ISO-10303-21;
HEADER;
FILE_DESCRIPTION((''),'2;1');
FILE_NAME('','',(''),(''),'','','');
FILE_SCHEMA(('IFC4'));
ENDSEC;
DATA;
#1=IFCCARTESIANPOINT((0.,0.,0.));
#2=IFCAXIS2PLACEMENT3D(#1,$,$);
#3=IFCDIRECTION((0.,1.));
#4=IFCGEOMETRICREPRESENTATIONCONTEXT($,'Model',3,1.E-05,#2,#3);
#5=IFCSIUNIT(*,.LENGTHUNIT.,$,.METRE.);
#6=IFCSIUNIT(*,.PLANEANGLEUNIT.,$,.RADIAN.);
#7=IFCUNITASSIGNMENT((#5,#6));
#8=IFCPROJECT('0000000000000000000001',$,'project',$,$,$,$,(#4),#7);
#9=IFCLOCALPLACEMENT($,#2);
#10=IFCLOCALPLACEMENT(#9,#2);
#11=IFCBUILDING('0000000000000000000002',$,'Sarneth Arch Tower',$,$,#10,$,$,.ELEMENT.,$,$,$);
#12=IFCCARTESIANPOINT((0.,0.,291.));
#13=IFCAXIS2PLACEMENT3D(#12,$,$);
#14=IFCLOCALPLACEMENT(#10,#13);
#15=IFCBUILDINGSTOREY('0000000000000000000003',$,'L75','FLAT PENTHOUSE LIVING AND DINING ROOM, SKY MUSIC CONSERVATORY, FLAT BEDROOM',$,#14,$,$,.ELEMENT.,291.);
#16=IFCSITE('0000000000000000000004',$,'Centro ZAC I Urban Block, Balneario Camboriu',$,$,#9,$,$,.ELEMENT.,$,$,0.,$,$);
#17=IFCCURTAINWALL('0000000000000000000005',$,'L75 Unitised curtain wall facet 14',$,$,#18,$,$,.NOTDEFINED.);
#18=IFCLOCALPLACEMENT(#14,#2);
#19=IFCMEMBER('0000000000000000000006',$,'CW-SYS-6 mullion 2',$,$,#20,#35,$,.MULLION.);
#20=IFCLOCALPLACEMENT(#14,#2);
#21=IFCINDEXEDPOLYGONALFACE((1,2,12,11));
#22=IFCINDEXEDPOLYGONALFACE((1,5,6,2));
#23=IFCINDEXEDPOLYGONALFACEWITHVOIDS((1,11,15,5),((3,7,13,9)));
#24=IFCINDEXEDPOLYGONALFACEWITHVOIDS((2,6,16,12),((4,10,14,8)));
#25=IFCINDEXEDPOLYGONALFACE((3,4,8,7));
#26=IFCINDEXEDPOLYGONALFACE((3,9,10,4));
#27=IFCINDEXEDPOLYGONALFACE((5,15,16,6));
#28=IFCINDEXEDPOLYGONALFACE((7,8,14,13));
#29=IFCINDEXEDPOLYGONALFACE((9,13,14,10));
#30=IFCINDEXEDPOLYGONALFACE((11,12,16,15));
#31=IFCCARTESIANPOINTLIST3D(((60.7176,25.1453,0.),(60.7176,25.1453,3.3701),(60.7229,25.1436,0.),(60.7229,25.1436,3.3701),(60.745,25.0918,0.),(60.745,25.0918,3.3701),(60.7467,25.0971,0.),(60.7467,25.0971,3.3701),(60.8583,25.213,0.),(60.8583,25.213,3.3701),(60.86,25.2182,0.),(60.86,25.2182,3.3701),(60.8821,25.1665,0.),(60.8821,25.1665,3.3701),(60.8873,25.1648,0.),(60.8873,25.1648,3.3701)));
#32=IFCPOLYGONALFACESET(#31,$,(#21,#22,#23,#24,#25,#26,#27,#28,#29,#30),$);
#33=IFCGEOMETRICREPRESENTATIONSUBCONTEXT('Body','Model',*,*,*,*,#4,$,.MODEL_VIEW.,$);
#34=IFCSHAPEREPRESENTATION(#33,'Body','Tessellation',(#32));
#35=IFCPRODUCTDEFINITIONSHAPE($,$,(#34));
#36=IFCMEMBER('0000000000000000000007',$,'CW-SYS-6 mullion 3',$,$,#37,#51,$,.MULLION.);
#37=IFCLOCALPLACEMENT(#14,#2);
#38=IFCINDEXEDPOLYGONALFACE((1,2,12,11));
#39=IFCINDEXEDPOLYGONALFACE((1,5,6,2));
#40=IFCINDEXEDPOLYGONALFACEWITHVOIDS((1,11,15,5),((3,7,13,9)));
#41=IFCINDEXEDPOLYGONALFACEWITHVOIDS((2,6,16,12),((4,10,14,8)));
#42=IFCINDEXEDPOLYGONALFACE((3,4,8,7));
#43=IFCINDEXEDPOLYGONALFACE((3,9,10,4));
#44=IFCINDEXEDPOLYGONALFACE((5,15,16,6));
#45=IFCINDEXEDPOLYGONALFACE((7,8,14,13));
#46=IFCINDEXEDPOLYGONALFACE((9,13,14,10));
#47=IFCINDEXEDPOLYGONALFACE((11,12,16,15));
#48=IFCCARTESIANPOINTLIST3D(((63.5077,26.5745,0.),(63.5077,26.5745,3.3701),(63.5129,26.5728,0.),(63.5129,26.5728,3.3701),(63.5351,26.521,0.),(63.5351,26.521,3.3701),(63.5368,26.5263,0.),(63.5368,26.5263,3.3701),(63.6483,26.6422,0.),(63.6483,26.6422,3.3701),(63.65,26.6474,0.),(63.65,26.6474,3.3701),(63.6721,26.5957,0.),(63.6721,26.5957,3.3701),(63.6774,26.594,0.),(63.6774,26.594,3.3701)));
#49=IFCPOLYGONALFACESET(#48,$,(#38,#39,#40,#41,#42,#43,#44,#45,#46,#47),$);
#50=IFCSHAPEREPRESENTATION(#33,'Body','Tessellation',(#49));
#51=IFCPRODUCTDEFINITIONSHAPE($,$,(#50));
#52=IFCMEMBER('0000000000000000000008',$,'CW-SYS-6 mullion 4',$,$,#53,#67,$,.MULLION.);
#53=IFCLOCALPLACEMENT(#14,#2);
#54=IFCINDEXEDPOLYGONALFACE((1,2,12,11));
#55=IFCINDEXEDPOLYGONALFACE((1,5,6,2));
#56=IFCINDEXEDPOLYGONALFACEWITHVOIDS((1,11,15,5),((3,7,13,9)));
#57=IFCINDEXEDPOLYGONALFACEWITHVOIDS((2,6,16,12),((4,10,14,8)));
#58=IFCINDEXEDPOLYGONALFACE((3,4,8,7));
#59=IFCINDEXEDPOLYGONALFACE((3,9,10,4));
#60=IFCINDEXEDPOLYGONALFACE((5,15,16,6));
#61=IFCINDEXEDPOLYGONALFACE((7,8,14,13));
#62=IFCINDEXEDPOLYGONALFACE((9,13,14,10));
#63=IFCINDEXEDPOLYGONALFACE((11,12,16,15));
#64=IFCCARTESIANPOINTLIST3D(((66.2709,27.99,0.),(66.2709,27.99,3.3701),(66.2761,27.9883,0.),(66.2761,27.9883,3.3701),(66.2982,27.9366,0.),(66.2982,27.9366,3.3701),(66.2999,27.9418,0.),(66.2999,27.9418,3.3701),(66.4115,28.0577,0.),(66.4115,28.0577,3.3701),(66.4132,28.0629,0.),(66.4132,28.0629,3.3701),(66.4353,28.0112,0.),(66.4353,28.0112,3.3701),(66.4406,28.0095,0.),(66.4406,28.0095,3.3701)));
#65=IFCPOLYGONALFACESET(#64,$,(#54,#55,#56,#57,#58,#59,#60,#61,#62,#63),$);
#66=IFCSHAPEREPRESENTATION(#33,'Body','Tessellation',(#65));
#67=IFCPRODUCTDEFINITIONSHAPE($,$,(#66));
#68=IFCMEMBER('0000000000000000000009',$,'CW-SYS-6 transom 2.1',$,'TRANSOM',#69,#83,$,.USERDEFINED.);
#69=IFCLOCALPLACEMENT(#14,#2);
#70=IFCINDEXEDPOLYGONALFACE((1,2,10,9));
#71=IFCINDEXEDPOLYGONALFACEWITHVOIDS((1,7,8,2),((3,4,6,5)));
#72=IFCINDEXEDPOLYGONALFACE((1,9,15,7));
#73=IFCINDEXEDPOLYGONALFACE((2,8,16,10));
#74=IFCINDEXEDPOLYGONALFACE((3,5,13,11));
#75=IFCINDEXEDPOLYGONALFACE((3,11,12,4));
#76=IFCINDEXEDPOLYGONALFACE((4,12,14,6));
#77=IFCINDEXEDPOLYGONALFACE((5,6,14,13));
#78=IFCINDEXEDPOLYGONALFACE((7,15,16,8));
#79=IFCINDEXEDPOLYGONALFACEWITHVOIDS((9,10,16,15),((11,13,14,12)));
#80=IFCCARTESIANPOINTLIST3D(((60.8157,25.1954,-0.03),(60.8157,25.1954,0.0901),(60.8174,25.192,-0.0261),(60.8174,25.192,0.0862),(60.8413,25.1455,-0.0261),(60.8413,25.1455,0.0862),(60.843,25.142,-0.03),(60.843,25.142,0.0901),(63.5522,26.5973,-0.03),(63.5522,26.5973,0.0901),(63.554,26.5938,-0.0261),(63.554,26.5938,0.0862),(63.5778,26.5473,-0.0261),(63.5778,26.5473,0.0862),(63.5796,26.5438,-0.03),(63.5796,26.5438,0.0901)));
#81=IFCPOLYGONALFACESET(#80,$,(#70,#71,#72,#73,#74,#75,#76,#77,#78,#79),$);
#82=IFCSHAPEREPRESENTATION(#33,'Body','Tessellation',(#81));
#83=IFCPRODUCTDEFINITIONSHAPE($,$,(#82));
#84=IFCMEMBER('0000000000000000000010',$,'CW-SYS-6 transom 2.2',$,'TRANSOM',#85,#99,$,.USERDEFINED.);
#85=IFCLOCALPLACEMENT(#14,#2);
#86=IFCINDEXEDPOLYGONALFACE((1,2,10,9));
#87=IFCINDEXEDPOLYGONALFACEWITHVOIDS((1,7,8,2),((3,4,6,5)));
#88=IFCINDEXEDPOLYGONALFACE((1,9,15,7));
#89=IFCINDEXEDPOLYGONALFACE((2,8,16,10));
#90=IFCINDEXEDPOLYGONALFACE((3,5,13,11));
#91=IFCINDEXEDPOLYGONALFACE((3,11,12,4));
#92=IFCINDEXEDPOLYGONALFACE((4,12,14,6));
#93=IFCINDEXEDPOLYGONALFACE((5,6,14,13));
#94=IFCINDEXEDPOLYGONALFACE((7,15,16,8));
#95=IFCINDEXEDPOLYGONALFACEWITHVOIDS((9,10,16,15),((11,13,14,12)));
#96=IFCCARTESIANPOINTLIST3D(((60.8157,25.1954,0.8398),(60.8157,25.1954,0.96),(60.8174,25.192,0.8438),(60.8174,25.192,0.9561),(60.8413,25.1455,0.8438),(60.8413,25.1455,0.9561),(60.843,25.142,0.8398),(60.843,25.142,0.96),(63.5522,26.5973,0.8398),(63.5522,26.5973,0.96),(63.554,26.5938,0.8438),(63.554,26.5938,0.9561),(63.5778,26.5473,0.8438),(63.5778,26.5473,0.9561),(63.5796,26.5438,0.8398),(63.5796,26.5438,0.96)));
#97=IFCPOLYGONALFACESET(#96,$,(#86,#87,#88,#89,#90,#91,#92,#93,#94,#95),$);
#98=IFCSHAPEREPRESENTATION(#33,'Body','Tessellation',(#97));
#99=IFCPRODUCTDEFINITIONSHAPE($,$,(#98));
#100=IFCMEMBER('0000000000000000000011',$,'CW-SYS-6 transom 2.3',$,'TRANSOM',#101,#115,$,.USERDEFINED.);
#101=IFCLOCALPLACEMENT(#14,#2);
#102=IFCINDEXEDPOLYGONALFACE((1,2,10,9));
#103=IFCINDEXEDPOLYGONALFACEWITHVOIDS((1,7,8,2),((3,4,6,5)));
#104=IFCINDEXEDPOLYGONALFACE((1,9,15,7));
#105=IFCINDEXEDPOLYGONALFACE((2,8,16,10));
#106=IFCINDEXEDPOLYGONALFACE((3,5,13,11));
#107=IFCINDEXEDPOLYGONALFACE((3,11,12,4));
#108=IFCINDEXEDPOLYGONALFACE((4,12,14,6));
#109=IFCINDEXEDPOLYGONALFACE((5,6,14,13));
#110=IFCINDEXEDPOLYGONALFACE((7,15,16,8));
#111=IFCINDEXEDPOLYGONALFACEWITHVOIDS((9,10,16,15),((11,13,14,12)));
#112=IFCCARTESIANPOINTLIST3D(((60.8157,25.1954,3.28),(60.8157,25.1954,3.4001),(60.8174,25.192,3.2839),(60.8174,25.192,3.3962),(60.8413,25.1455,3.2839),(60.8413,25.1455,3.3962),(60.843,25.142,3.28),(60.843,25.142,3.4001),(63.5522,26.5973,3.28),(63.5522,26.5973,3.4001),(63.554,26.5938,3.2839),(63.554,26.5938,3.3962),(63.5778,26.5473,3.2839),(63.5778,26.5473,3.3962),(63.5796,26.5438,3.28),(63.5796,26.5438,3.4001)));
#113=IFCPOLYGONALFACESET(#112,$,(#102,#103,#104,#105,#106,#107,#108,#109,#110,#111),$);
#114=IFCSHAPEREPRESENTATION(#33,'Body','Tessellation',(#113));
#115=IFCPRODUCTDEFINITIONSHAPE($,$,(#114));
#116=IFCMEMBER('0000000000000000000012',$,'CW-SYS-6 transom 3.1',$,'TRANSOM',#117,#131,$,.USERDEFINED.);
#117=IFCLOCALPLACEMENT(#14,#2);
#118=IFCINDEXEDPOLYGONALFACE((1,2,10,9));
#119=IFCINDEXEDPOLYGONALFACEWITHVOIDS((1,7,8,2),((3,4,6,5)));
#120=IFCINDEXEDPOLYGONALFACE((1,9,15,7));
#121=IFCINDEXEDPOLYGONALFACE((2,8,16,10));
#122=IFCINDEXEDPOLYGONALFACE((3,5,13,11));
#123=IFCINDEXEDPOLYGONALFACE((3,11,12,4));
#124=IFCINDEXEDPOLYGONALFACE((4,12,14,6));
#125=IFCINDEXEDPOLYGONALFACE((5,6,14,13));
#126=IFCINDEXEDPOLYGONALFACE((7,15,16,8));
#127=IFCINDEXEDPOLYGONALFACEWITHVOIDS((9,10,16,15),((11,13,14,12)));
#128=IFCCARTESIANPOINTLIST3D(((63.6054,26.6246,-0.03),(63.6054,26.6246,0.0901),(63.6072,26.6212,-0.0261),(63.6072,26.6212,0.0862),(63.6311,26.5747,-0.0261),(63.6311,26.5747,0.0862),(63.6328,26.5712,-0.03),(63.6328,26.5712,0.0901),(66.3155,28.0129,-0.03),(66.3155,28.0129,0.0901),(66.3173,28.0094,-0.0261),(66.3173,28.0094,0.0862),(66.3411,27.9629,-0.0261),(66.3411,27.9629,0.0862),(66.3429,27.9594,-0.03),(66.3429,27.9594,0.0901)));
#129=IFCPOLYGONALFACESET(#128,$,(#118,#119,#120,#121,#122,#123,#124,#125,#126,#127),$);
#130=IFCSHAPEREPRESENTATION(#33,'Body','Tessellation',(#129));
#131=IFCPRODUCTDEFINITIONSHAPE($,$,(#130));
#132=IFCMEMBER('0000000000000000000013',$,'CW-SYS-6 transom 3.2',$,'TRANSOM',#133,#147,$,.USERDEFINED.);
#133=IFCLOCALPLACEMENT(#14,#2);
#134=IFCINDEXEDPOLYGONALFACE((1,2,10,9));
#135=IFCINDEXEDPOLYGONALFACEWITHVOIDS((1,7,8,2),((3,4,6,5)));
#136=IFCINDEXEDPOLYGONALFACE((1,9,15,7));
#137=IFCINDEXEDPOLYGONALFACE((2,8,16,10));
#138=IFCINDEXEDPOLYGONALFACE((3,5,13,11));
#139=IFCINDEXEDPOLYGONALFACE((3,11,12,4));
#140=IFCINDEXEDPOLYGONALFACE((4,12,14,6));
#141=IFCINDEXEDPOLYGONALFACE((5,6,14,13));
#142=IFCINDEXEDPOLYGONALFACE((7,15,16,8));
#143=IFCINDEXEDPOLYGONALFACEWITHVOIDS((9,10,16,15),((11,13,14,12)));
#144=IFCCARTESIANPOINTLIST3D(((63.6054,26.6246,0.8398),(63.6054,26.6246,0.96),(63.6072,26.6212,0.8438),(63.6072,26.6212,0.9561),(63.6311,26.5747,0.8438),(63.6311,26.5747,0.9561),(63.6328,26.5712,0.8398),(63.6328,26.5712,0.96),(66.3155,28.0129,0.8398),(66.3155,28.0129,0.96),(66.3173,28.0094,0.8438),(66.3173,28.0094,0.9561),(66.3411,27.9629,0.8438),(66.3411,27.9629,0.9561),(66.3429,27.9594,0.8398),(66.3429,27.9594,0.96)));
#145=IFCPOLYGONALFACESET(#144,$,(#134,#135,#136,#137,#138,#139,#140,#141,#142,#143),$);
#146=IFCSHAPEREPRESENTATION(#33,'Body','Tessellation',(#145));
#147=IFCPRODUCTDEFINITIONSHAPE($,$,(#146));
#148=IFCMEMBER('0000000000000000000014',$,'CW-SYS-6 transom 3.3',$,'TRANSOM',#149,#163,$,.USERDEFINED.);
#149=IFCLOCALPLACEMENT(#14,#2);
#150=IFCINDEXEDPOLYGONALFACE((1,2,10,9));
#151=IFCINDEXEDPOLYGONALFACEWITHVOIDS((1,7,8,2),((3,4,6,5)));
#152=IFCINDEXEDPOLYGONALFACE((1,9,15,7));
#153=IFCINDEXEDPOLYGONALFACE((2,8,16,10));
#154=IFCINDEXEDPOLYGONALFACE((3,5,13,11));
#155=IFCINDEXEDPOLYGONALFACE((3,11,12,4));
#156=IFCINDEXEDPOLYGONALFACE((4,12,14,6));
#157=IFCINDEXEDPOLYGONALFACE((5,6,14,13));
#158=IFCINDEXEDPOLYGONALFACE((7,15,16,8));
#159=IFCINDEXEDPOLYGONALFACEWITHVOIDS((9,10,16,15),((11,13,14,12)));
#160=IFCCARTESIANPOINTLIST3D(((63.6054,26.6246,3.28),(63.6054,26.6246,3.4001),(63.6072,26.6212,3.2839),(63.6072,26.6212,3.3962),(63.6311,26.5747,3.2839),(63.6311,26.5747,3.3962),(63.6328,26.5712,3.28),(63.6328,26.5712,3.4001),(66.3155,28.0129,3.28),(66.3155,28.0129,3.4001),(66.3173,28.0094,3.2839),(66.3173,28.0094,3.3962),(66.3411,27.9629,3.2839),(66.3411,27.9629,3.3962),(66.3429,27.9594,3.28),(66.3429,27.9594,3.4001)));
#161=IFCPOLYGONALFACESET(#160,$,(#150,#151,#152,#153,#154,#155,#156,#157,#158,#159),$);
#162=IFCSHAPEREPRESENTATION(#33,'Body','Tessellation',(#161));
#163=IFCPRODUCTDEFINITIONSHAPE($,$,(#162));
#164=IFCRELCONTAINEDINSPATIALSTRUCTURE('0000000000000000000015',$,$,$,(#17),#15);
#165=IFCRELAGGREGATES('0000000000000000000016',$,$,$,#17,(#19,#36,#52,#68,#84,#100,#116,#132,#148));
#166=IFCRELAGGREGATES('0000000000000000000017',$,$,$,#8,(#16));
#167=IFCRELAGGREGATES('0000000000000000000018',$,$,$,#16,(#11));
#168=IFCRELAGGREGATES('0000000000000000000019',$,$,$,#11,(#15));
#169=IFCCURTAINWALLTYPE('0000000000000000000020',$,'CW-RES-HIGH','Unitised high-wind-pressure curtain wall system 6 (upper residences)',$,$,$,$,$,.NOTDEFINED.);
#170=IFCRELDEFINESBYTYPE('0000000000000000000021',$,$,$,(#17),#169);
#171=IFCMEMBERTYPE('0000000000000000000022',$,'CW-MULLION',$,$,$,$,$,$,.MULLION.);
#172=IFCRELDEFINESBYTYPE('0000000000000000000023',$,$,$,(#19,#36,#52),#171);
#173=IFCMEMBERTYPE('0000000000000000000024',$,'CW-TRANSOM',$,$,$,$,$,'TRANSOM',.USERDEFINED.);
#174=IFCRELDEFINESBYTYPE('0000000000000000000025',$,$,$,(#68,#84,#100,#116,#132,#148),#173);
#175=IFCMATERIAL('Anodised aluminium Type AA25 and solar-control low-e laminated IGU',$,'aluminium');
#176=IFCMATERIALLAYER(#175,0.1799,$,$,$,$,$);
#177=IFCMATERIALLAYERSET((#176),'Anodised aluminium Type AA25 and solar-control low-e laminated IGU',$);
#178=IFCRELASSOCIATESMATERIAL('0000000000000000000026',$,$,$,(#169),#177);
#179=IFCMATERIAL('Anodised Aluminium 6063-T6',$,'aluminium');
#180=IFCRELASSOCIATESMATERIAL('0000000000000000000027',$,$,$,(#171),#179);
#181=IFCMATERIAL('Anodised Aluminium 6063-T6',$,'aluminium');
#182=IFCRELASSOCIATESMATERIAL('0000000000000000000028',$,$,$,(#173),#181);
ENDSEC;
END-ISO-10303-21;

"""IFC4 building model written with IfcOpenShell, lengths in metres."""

from ifc_helpers import new_model, si_unit, direction, frame, origin, origin_2d, place, context, subcontext, project, spatial, hollow_rectangle, extrude, material, layer, layer_set, material_profile, profile_set, type_object, element, aggregate, save


model = new_model("IFC4")

# Units and contexts
model_context = context("Model", 3, precision=1e-05, world=origin(), true_north=direction((0.0, 1.0)))
body_context = subcontext(model_context, "Body", "Model", "MODEL_VIEW")
ifc_project = project(units=[si_unit("LENGTHUNIT", "METRE"), si_unit("PLANEANGLEUNIT", "RADIAN")], contexts=[model_context])

# Site, building, storey
site_placement = place(None, origin())
site = spatial("IfcSite", under=ifc_project, at=site_placement, Name="Centro ZAC I Urban Block, Balneario Camboriu", CompositionType="ELEMENT", RefElevation=0.0)
building_placement = place(site_placement, origin())
building = spatial("IfcBuilding", under=site, at=building_placement, Name="Sarneth Arch Tower", CompositionType="ELEMENT")
storey_placement = place(building_placement, frame((0.0, 0.0, 291.0)))
storey = spatial("IfcBuildingStorey", under=building, at=storey_placement, Name="L75", Description="FLAT PENTHOUSE LIVING AND DINING ROOM, SKY MUSIC CONSERVATORY, FLAT BEDROOM", CompositionType="ELEMENT", Elevation=291.0)

# Curtain wall, members
ifc_material_1 = material(Name="Anodised aluminium Type AA25 and solar-control low-e laminated IGU", Category="aluminium")
ifc_layer_1 = layer(ifc_material_1, 0.1799)
ifc_layer_set_1 = layer_set([ifc_layer_1], Name="Anodised aluminium Type AA25 and solar-control low-e laminated IGU")
curtain_wall_type = type_object("IfcCurtainWallType", Name="CW-RES-HIGH", Description="Unitised high-wind-pressure curtain wall system 6 (upper residences)", PredefinedType="NOTDEFINED", material=ifc_layer_set_1)
curtain_wall_placement = place(storey_placement, origin())
curtain_wall = element("IfcCurtainWall", 1, at=curtain_wall_placement, inside=storey, type_object=curtain_wall_type, Name="L75 Unitised curtain wall facet 14", PredefinedType="NOTDEFINED")
ifc_material_2 = material(Name="Anodised Aluminium 6063-T6", Category="aluminium")
ifc_material_profile_1 = material_profile(ifc_material_2, hollow_rectangle(XDim=0.0601, YDim=0.1599, WallThickness=0.0039, at=origin_2d()), Name="AL-MULL-160x60x4")
ifc_profile_set_1 = profile_set([ifc_material_profile_1], Name="Anodised Aluminium 6063-T6")
member_type_1 = type_object("IfcMemberType", Name="CW-MULLION", PredefinedType="MULLION", material=ifc_profile_set_1)
member_1_placement = place(storey_placement, frame((60.8025, 25.155, 0.0), z_axis=(0.0, 0.0, 1.0), x_axis=(-0.455942, 0.89001, 0.0)))
member_1 = element("IfcMember", 2, at=member_1_placement, type_object=member_type_1, Name="CW-SYS-6 mullion 2", PredefinedType="MULLION", context=body_context, shape_type="SweptSolid", body=[
    extrude(hollow_rectangle(XDim=0.0601, YDim=0.1599, WallThickness=0.0039, at=origin_2d()), origin(), (0.0, 0.0, 1.0), 3.3701),
])
member_2_placement = place(storey_placement, frame((63.5925, 26.5842, 0.0), z_axis=(0.0, 0.0, 1.0), x_axis=(-0.455942, 0.89001, 0.0)))
member_2 = element("IfcMember", 3, at=member_2_placement, type_object=member_type_1, Name="CW-SYS-6 mullion 3", PredefinedType="MULLION", context=body_context, shape_type="SweptSolid", body=[
    extrude(hollow_rectangle(XDim=0.0601, YDim=0.1599, WallThickness=0.0039, at=origin_2d()), origin(), (0.0, 0.0, 1.0), 3.3701),
])
member_3_placement = place(storey_placement, frame((66.3557, 27.9998, 0.0), z_axis=(0.0, 0.0, 1.0), x_axis=(-0.455942, 0.89001, 0.0)))
member_3 = element("IfcMember", 4, at=member_3_placement, type_object=member_type_1, Name="CW-SYS-6 mullion 4", PredefinedType="MULLION", context=body_context, shape_type="SweptSolid", body=[
    extrude(hollow_rectangle(XDim=0.0601, YDim=0.1599, WallThickness=0.0039, at=origin_2d()), origin(), (0.0, 0.0, 1.0), 3.3701),
])
ifc_material_3 = material(Name="Anodised Aluminium 6063-T6", Category="aluminium")
ifc_material_profile_2 = material_profile(ifc_material_3, hollow_rectangle(XDim=0.0601, YDim=0.1201, WallThickness=0.0039, at=origin_2d()), Name="AL-TRAN-120x60x4")
ifc_profile_set_2 = profile_set([ifc_material_profile_2], Name="Anodised Aluminium 6063-T6")
member_type_2 = type_object("IfcMemberType", Name="CW-TRANSOM", ElementType="TRANSOM", PredefinedType="USERDEFINED", material=ifc_profile_set_2)
member_4_placement = place(storey_placement, frame((60.8293, 25.1687, 0.03), z_axis=(0.890017, 0.455926, 0.0), x_axis=(-0.455926, 0.890017, 0.0)))
member_4 = element("IfcMember", 5, at=member_4_placement, type_object=member_type_2, Name="CW-SYS-6 transom 2.1", ObjectType="TRANSOM", PredefinedType="USERDEFINED", context=body_context, shape_type="SweptSolid", body=[
    extrude(hollow_rectangle(XDim=0.0601, YDim=0.1201, WallThickness=0.0039, at=origin_2d()), origin(), (0.0, 0.0, 1.0), 3.0747),
])
member_5_placement = place(storey_placement, frame((60.8293, 25.1687, 0.8999), z_axis=(0.890017, 0.455926, 0.0), x_axis=(-0.455926, 0.890017, 0.0)))
member_5 = element("IfcMember", 6, at=member_5_placement, type_object=member_type_2, Name="CW-SYS-6 transom 2.2", ObjectType="TRANSOM", PredefinedType="USERDEFINED", context=body_context, shape_type="SweptSolid", body=[
    extrude(hollow_rectangle(XDim=0.0601, YDim=0.1201, WallThickness=0.0039, at=origin_2d()), origin(), (0.0, 0.0, 1.0), 3.0747),
])
member_6_placement = place(storey_placement, frame((60.8293, 25.1687, 3.3401), z_axis=(0.890017, 0.455926, 0.0), x_axis=(-0.455926, 0.890017, 0.0)))
member_6 = element("IfcMember", 7, at=member_6_placement, type_object=member_type_2, Name="CW-SYS-6 transom 2.3", ObjectType="TRANSOM", PredefinedType="USERDEFINED", context=body_context, shape_type="SweptSolid", body=[
    extrude(hollow_rectangle(XDim=0.0601, YDim=0.1201, WallThickness=0.0039, at=origin_2d()), origin(), (0.0, 0.0, 1.0), 3.0747),
])
member_7_placement = place(storey_placement, frame((63.6191, 26.5979, 0.03), z_axis=(0.890023, 0.455916, 0.0), x_axis=(-0.455916, 0.890023, 0.0)))
member_7 = element("IfcMember", 8, at=member_7_placement, type_object=member_type_2, Name="CW-SYS-6 transom 3.1", ObjectType="TRANSOM", PredefinedType="USERDEFINED", context=body_context, shape_type="SweptSolid", body=[
    extrude(hollow_rectangle(XDim=0.0601, YDim=0.1201, WallThickness=0.0039, at=origin_2d()), origin(), (0.0, 0.0, 1.0), 3.0449),
])
member_8_placement = place(storey_placement, frame((63.6191, 26.5979, 0.8999), z_axis=(0.890023, 0.455916, 0.0), x_axis=(-0.455916, 0.890023, 0.0)))
member_8 = element("IfcMember", 9, at=member_8_placement, type_object=member_type_2, Name="CW-SYS-6 transom 3.2", ObjectType="TRANSOM", PredefinedType="USERDEFINED", context=body_context, shape_type="SweptSolid", body=[
    extrude(hollow_rectangle(XDim=0.0601, YDim=0.1201, WallThickness=0.0039, at=origin_2d()), origin(), (0.0, 0.0, 1.0), 3.0449),
])
member_9_placement = place(storey_placement, frame((63.6191, 26.5979, 3.3401), z_axis=(0.890023, 0.455916, 0.0), x_axis=(-0.455916, 0.890023, 0.0)))
member_9 = element("IfcMember", 10, at=member_9_placement, type_object=member_type_2, Name="CW-SYS-6 transom 3.3", ObjectType="TRANSOM", PredefinedType="USERDEFINED", context=body_context, shape_type="SweptSolid", body=[
    extrude(hollow_rectangle(XDim=0.0601, YDim=0.1201, WallThickness=0.0039, at=origin_2d()), origin(), (0.0, 0.0, 1.0), 3.0449),
])

aggregate(curtain_wall, [member_1, member_2, member_3, member_4, member_5, member_6, member_7, member_8, member_9])

save(model, "model.ifc")
